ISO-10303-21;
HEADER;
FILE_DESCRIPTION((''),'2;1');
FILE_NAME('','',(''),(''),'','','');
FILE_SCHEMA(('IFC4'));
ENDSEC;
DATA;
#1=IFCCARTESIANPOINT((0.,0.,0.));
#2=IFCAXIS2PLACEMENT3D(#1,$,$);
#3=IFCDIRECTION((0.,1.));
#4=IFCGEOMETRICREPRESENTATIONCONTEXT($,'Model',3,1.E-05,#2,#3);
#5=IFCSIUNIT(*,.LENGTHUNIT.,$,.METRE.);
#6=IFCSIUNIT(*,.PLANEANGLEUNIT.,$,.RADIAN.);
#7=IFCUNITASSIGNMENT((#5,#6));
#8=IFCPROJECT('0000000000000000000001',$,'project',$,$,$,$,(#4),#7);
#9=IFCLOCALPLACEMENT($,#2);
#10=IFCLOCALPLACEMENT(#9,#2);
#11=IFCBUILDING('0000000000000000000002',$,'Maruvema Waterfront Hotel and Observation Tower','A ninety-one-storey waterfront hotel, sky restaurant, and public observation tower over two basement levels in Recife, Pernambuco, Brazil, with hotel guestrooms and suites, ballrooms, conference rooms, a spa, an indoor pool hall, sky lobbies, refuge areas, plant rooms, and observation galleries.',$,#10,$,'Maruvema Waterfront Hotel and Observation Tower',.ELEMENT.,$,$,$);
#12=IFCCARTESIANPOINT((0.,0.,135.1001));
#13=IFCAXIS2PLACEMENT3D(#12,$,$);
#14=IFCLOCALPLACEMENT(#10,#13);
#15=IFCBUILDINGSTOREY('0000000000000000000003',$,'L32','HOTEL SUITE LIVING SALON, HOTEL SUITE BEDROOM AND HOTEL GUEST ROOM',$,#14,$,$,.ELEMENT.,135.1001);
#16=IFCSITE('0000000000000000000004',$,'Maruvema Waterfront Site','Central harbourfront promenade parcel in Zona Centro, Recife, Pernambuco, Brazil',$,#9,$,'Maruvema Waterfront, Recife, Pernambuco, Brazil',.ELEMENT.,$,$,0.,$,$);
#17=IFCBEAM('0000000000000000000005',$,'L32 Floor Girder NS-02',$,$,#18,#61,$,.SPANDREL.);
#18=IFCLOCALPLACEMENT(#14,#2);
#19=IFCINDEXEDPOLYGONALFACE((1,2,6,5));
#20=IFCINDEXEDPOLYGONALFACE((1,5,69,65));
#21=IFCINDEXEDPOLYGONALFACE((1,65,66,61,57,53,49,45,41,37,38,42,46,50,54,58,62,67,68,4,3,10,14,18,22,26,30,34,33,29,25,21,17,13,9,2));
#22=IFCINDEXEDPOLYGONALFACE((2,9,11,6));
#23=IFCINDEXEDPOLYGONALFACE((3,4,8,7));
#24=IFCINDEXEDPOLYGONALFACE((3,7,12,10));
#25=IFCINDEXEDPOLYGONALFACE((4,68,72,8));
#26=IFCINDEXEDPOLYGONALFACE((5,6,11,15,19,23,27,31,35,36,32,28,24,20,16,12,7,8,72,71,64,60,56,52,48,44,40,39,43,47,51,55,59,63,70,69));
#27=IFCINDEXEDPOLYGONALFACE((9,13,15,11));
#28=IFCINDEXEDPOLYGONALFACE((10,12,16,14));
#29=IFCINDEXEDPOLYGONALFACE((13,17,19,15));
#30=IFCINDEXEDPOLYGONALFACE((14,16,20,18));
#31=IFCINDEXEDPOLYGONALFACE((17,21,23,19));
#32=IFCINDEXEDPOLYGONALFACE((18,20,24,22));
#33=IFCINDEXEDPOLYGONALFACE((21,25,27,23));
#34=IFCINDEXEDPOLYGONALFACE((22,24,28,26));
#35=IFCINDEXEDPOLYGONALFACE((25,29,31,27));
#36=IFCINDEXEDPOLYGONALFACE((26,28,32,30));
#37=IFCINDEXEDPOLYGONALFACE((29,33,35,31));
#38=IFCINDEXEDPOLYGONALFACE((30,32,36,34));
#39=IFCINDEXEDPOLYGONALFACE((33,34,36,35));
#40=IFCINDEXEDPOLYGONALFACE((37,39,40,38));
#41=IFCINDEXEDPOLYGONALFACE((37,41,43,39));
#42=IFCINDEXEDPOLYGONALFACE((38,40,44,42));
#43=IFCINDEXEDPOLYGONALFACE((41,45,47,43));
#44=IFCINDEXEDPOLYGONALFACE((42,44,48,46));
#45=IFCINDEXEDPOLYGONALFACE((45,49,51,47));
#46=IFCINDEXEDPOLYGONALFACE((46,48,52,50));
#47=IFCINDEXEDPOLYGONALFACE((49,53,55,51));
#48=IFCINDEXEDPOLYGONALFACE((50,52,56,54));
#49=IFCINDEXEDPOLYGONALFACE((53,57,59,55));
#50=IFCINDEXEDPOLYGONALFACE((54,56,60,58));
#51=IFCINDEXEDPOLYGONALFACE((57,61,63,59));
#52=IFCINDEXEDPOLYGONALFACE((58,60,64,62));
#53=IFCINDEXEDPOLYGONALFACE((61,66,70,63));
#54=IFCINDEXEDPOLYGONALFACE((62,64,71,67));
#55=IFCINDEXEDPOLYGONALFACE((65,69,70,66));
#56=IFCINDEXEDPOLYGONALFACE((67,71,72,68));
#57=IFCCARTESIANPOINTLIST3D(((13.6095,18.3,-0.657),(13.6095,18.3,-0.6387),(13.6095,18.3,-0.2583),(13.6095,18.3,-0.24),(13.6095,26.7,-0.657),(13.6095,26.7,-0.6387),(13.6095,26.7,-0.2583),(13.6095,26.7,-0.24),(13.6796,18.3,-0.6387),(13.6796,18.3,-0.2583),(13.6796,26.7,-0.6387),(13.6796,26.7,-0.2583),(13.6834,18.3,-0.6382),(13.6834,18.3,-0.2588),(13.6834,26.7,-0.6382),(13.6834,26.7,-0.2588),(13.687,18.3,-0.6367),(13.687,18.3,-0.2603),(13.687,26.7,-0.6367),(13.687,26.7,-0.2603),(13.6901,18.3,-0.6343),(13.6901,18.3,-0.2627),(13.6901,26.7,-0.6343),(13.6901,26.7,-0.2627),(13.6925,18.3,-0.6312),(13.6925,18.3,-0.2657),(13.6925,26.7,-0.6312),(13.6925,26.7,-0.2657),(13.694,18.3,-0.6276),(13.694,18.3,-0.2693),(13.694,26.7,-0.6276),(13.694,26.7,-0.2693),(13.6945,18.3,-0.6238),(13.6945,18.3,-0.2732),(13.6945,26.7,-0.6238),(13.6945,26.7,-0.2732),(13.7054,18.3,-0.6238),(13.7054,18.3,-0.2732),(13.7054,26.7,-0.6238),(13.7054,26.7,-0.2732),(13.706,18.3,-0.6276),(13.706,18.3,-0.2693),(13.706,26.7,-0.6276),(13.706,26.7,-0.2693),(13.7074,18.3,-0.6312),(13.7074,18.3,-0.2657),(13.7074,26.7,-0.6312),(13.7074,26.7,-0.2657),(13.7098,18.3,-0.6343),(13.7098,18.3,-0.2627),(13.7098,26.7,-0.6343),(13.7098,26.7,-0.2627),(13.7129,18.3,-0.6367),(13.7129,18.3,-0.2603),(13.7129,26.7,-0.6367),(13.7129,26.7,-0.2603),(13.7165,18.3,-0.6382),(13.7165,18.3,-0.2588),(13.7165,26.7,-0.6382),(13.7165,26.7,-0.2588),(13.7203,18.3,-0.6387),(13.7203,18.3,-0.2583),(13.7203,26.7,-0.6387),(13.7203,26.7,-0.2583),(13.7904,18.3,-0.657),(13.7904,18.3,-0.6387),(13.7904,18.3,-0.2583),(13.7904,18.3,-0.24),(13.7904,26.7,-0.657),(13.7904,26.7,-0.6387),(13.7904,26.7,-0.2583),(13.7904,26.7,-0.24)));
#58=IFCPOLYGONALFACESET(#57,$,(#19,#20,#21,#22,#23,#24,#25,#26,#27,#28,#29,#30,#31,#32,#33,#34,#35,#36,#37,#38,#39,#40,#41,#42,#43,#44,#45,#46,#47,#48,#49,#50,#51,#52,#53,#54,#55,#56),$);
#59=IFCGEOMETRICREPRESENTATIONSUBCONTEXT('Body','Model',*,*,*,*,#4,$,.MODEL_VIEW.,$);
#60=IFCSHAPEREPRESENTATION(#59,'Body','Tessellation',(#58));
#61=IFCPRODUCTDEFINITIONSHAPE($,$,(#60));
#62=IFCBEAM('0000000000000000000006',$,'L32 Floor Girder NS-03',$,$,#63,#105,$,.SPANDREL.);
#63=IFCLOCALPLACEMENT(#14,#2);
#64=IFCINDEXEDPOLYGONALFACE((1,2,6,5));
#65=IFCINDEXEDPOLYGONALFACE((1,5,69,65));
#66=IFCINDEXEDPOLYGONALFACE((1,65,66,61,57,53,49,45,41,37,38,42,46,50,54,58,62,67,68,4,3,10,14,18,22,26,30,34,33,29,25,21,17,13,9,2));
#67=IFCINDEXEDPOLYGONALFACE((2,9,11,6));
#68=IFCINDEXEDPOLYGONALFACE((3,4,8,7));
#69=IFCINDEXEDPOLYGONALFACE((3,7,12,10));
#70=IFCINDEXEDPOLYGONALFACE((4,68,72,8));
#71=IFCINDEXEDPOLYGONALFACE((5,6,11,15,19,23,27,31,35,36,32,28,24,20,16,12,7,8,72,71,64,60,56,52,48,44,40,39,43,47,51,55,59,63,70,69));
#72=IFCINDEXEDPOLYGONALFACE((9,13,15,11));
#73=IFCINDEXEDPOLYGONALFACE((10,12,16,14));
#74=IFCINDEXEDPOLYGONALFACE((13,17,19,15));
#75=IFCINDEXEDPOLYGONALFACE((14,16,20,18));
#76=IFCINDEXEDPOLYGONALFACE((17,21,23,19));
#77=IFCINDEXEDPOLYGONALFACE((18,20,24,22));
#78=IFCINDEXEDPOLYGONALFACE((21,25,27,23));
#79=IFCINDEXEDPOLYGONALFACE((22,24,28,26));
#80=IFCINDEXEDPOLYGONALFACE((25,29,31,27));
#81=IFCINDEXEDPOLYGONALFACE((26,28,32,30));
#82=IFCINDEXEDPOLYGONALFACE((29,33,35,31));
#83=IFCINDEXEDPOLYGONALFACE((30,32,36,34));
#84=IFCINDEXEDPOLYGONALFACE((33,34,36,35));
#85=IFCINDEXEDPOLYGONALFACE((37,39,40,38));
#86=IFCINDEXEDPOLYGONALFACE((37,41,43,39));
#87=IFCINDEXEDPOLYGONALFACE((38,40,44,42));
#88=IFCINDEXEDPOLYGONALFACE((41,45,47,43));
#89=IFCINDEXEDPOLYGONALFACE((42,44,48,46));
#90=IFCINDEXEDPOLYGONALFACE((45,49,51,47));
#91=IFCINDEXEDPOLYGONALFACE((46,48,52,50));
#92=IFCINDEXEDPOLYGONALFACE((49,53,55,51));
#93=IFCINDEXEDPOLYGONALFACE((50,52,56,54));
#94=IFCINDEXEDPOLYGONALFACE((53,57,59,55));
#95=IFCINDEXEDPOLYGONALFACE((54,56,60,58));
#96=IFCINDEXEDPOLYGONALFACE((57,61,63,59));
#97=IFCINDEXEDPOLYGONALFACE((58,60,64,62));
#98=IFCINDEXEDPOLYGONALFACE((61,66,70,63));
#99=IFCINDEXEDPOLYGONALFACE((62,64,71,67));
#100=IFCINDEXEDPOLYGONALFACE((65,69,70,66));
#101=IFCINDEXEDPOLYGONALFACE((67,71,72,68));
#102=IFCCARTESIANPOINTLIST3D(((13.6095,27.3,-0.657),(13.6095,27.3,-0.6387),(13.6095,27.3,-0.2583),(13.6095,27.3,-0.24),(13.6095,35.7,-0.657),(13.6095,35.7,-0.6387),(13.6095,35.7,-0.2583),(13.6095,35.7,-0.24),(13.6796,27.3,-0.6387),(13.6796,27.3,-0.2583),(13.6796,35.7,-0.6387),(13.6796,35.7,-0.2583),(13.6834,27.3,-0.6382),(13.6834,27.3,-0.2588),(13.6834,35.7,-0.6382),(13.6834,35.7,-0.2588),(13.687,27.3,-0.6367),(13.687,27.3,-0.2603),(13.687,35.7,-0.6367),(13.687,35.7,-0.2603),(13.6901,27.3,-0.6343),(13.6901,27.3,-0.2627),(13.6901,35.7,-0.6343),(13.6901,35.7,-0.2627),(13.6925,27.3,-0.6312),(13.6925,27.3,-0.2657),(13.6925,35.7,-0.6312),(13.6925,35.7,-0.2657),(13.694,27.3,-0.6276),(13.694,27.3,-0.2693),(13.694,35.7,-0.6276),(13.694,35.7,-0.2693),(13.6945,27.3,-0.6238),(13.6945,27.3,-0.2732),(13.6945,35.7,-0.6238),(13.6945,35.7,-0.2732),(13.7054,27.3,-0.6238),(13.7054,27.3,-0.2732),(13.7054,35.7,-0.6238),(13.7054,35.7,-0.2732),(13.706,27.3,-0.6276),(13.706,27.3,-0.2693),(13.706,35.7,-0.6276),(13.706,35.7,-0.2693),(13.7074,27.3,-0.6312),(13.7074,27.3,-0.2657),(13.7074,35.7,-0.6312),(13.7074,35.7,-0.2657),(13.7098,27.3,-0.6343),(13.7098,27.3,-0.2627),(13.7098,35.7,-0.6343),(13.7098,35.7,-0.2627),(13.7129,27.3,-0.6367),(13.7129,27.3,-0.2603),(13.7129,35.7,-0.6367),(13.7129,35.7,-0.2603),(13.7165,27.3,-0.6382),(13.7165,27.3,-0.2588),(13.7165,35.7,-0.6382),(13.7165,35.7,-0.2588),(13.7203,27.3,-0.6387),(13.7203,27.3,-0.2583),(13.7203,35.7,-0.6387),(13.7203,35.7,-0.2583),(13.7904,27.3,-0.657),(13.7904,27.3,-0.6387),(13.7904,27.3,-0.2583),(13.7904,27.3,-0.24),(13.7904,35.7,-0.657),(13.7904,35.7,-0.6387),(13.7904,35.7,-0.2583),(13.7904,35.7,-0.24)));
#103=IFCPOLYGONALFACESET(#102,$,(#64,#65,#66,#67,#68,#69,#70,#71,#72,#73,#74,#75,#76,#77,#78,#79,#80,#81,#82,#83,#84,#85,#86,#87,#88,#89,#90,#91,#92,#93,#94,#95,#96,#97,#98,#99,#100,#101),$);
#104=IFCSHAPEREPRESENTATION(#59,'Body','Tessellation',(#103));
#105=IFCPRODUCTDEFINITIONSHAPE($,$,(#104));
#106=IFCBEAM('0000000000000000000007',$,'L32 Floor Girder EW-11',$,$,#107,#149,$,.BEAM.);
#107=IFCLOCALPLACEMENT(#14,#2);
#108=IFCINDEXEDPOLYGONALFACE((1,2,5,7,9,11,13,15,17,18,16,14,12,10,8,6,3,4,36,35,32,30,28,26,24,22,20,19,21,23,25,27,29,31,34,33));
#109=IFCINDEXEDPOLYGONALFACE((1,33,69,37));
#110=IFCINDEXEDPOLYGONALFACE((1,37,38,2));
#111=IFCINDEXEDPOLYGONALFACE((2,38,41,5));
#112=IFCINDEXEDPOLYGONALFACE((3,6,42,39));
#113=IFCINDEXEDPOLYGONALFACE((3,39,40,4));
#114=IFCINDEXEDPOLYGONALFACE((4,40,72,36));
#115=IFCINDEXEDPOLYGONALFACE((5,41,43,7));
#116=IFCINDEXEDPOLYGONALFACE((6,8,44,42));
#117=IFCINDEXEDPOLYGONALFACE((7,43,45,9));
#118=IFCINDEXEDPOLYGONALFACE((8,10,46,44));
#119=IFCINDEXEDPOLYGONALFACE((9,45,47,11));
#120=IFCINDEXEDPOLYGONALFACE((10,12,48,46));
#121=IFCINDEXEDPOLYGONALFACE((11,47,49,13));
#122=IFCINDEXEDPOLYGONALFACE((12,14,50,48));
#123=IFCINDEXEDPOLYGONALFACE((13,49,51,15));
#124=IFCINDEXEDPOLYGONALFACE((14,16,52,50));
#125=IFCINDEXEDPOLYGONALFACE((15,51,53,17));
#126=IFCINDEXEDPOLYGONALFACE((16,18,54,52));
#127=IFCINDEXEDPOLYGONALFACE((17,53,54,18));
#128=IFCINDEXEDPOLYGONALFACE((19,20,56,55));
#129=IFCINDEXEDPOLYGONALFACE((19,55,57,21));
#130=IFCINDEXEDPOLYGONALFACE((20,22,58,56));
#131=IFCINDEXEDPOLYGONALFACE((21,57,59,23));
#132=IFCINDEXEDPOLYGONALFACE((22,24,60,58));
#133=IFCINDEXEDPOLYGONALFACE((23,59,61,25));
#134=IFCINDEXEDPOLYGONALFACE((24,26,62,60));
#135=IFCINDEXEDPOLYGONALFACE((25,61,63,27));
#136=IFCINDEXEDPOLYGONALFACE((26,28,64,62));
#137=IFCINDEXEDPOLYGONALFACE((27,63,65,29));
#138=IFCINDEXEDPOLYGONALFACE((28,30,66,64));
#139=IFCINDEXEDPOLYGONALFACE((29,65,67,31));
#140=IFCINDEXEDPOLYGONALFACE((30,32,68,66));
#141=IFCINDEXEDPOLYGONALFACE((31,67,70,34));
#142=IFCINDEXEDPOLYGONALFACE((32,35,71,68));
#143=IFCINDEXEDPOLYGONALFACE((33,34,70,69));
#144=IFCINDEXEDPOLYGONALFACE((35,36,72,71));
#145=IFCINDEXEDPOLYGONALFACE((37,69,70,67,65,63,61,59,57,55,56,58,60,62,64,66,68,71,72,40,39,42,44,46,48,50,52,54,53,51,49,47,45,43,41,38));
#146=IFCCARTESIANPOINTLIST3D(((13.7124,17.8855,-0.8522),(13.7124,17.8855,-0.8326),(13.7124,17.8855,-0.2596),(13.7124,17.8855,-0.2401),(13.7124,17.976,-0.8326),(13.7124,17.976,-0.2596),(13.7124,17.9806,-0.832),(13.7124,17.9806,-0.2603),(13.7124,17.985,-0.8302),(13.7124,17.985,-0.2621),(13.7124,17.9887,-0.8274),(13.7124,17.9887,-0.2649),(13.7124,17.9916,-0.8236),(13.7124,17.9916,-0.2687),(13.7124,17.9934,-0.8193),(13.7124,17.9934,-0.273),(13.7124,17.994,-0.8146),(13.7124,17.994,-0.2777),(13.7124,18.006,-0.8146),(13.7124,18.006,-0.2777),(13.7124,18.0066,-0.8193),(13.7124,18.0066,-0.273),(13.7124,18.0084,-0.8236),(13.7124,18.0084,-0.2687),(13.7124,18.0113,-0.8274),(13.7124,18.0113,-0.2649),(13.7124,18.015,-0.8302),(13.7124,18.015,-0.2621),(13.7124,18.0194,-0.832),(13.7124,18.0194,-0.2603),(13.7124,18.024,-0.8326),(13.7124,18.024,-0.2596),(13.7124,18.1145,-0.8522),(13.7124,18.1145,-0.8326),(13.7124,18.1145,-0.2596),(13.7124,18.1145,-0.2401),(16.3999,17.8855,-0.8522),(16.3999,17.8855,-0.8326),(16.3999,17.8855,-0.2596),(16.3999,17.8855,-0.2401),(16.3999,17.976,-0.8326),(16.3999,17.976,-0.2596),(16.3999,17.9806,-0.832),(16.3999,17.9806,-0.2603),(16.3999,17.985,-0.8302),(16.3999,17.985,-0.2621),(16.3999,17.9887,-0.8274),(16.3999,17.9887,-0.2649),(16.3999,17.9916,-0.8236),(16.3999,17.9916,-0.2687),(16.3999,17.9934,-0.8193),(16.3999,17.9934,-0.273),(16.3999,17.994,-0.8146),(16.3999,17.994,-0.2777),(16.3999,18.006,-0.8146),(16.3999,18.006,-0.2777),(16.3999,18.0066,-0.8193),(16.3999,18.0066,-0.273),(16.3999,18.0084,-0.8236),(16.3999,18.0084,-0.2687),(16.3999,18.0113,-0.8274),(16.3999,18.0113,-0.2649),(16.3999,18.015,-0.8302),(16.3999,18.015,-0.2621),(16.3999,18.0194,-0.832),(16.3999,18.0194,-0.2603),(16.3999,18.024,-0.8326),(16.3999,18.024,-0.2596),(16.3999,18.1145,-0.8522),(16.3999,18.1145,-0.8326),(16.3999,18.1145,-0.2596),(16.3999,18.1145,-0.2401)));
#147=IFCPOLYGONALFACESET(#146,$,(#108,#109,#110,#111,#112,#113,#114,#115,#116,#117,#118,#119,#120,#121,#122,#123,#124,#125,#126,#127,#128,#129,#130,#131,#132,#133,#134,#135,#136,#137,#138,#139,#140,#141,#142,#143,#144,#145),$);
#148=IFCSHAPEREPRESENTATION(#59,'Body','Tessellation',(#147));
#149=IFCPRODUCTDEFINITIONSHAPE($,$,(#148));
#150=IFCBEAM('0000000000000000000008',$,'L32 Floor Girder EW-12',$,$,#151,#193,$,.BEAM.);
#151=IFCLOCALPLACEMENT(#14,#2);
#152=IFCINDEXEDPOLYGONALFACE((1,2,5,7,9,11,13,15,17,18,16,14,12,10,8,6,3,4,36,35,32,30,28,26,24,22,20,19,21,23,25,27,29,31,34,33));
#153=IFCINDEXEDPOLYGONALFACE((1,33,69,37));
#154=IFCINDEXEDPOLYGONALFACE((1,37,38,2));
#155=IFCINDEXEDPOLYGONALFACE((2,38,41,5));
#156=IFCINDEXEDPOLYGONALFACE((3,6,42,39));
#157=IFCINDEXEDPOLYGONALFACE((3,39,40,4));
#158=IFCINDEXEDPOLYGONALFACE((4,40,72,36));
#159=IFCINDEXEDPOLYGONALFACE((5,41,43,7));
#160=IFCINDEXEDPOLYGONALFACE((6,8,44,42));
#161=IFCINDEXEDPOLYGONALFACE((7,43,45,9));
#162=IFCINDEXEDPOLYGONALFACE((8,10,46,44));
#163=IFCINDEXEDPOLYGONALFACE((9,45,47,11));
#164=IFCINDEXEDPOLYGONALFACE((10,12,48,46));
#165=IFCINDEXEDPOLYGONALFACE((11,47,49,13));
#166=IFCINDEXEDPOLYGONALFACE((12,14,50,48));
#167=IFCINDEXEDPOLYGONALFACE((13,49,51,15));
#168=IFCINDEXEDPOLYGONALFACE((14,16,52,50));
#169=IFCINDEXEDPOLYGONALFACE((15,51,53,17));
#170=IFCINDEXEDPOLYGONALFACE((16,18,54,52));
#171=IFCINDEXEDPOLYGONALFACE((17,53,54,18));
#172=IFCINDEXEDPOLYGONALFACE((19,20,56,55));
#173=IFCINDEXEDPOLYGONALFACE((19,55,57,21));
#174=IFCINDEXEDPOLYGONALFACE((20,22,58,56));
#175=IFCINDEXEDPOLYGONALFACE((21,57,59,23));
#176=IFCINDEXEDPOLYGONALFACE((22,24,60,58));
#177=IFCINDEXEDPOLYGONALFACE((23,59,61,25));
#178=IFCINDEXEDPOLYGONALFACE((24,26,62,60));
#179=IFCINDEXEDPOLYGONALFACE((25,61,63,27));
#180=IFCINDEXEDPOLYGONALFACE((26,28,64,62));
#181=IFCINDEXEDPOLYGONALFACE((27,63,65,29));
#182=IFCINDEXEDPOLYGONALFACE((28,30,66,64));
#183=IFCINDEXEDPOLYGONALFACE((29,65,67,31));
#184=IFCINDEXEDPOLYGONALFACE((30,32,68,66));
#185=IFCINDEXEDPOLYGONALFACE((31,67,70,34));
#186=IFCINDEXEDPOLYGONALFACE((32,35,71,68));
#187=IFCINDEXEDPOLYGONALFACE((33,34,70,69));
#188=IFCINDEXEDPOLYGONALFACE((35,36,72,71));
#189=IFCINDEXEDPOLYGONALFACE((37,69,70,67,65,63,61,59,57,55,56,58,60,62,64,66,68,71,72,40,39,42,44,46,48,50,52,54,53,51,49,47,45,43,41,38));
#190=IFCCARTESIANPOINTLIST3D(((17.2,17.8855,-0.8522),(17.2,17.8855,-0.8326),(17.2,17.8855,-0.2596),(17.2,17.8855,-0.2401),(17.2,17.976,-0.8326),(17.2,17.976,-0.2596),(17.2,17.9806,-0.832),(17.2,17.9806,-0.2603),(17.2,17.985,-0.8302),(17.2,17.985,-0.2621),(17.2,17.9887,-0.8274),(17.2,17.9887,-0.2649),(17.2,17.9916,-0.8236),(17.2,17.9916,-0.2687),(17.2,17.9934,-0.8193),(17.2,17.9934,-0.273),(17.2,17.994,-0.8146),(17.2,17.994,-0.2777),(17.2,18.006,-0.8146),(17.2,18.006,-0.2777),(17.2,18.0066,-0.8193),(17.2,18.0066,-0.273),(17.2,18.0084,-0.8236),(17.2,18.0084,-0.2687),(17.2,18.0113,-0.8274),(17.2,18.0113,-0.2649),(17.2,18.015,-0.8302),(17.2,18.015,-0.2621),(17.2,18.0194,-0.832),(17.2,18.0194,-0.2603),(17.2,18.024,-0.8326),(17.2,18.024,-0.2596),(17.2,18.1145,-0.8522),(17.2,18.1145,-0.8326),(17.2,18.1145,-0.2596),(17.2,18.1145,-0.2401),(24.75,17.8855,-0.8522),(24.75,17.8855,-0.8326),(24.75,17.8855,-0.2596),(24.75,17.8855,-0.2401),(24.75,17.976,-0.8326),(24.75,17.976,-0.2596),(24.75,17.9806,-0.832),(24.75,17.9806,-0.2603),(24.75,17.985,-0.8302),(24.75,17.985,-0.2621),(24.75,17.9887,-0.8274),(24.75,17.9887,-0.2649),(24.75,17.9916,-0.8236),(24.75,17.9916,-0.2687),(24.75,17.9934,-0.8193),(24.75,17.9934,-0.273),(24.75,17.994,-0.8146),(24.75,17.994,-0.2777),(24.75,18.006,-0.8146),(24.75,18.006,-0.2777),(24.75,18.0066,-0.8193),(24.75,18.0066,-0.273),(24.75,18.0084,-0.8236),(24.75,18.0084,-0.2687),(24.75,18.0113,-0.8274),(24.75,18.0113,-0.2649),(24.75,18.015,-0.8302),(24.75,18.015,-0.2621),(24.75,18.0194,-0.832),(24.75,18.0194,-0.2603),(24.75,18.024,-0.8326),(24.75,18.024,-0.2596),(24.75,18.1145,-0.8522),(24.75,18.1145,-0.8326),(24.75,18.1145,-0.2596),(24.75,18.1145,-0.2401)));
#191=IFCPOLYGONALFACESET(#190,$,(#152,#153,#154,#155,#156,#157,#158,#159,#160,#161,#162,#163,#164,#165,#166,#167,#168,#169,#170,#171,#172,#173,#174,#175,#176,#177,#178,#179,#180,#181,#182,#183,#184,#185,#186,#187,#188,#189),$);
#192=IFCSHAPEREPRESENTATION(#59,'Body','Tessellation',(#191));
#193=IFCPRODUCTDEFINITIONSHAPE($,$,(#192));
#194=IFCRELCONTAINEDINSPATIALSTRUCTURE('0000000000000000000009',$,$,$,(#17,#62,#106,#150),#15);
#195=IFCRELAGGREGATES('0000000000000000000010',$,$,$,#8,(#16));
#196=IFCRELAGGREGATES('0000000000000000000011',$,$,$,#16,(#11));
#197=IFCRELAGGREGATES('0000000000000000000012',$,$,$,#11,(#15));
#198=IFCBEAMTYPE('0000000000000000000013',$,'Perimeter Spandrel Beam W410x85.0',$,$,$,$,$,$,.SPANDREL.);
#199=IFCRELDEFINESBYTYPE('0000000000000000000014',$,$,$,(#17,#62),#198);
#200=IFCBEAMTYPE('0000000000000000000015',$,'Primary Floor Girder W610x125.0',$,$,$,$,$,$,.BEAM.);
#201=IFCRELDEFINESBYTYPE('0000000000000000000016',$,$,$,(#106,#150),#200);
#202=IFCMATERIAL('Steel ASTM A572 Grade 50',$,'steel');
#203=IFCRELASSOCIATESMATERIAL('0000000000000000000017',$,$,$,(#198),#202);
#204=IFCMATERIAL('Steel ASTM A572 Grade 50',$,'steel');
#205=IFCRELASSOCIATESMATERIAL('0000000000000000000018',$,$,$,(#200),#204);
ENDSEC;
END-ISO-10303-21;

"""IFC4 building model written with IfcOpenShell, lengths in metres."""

from ifc_helpers import new_model, si_unit, direction, frame, origin, origin_2d, place, context, subcontext, project, spatial, i_section, extrude, material, material_profile, profile_set, type_object, element, save


model = new_model("IFC4")

# Units and contexts
model_context = context("Model", 3, precision=1e-05, world=origin(), true_north=direction((0.0, 1.0)))
body_context = subcontext(model_context, "Body", "Model", "MODEL_VIEW")
ifc_project = project(units=[si_unit("LENGTHUNIT", "METRE"), si_unit("PLANEANGLEUNIT", "RADIAN")], contexts=[model_context])

# Site, building, storey
site_placement = place(None, origin())
site = spatial("IfcSite", under=ifc_project, at=site_placement, Name="Maruvema Waterfront Site", Description="Central harbourfront promenade parcel in Zona Centro, Recife, Pernambuco, Brazil", LongName="Maruvema Waterfront, Recife, Pernambuco, Brazil", CompositionType="ELEMENT", RefElevation=0.0)
building_placement = place(site_placement, origin())
building = spatial("IfcBuilding", under=site, at=building_placement, Name="Maruvema Waterfront Hotel and Observation Tower", Description="A ninety-one-storey waterfront hotel, sky restaurant, and public observation tower over two basement levels in Recife, Pernambuco, Brazil, with hotel guestrooms and suites, ballrooms, conference rooms, a spa, an indoor pool hall, sky lobbies, refuge areas, plant rooms, and observation galleries.", LongName="Maruvema Waterfront Hotel and Observation Tower", CompositionType="ELEMENT")
storey_placement = place(building_placement, frame((0.0, 0.0, 135.1001)))
storey = spatial("IfcBuildingStorey", under=building, at=storey_placement, Name="L32", Description="HOTEL SUITE LIVING SALON, HOTEL SUITE BEDROOM AND HOTEL GUEST ROOM", CompositionType="ELEMENT", Elevation=135.1001)

# Beams
ifc_material_1 = material(Name="Steel ASTM A572 Grade 50", Category="steel")
ifc_material_profile_1 = material_profile(ifc_material_1, i_section(OverallWidth=0.1809, OverallDepth=0.417, WebThickness=0.011, FlangeThickness=0.0183, FilletRadius=0.0149, at=origin_2d()), Name="W410x85.0")
ifc_profile_set_1 = profile_set([ifc_material_profile_1], Name="Steel ASTM A572 Grade 50")
beam_type_1 = type_object("IfcBeamType", Name="Perimeter Spandrel Beam W410x85.0", PredefinedType="SPANDREL", material=ifc_profile_set_1)
for number, where, z_axis, x_axis, name in (
    (1, (13.7, 18.3, -0.4485), (0.0, 1.0, 0.0), (-1.0, 0.0, 0.0), "L32 Floor Girder NS-02"),
    (2, (13.7, 27.3, -0.4485), (0.0, 1.0, 0.0), (-1.0, 0.0, 0.0), "L32 Floor Girder NS-03"),
):
    element("IfcBeam", number, at=place(storey_placement, frame(where, z_axis=z_axis, x_axis=x_axis)), inside=storey, type_object=beam_type_1, Name=name, PredefinedType="SPANDREL", context=body_context, shape_type="SweptSolid", body=[
        extrude(i_section(OverallWidth=0.1809, OverallDepth=0.417, WebThickness=0.011, FlangeThickness=0.0183, FilletRadius=0.0149, at=origin_2d()), origin(), (0.0, 0.0, 1.0), 8.3999),
    ])
ifc_material_2 = material(Name="Steel ASTM A572 Grade 50", Category="steel")
ifc_material_profile_2 = material_profile(ifc_material_2, i_section(OverallWidth=0.229, OverallDepth=0.6121, WebThickness=0.012, FlangeThickness=0.0195, FilletRadius=0.0181, at=origin_2d()), Name="W610x125.0")
ifc_profile_set_2 = profile_set([ifc_material_profile_2], Name="Steel ASTM A572 Grade 50")
beam_type_2 = type_object("IfcBeamType", Name="Primary Floor Girder W610x125.0", PredefinedType="BEAM", material=ifc_profile_set_2)
beam_1_placement = place(storey_placement, frame((13.7124, 18.0, -0.5461), z_axis=(1.0, 0.0, 0.0), x_axis=(0.0, 1.0, 0.0)))
element("IfcBeam", 3, at=beam_1_placement, inside=storey, type_object=beam_type_2, Name="L32 Floor Girder EW-11", PredefinedType="BEAM", context=body_context, shape_type="SweptSolid", body=[
    extrude(i_section(OverallWidth=0.229, OverallDepth=0.6121, WebThickness=0.012, FlangeThickness=0.0195, FilletRadius=0.0181, at=origin_2d()), origin(), (0.0, 0.0, 1.0), 2.6875),
])
beam_2_placement = place(storey_placement, frame((17.2, 18.0, -0.5461), z_axis=(1.0, 0.0, 0.0), x_axis=(0.0, 1.0, 0.0)))
element("IfcBeam", 4, at=beam_2_placement, inside=storey, type_object=beam_type_2, Name="L32 Floor Girder EW-12", PredefinedType="BEAM", context=body_context, shape_type="SweptSolid", body=[
    extrude(i_section(OverallWidth=0.229, OverallDepth=0.6121, WebThickness=0.012, FlangeThickness=0.0195, FilletRadius=0.0181, at=origin_2d()), origin(), (0.0, 0.0, 1.0), 7.55),
])

save(model, "model.ifc")
